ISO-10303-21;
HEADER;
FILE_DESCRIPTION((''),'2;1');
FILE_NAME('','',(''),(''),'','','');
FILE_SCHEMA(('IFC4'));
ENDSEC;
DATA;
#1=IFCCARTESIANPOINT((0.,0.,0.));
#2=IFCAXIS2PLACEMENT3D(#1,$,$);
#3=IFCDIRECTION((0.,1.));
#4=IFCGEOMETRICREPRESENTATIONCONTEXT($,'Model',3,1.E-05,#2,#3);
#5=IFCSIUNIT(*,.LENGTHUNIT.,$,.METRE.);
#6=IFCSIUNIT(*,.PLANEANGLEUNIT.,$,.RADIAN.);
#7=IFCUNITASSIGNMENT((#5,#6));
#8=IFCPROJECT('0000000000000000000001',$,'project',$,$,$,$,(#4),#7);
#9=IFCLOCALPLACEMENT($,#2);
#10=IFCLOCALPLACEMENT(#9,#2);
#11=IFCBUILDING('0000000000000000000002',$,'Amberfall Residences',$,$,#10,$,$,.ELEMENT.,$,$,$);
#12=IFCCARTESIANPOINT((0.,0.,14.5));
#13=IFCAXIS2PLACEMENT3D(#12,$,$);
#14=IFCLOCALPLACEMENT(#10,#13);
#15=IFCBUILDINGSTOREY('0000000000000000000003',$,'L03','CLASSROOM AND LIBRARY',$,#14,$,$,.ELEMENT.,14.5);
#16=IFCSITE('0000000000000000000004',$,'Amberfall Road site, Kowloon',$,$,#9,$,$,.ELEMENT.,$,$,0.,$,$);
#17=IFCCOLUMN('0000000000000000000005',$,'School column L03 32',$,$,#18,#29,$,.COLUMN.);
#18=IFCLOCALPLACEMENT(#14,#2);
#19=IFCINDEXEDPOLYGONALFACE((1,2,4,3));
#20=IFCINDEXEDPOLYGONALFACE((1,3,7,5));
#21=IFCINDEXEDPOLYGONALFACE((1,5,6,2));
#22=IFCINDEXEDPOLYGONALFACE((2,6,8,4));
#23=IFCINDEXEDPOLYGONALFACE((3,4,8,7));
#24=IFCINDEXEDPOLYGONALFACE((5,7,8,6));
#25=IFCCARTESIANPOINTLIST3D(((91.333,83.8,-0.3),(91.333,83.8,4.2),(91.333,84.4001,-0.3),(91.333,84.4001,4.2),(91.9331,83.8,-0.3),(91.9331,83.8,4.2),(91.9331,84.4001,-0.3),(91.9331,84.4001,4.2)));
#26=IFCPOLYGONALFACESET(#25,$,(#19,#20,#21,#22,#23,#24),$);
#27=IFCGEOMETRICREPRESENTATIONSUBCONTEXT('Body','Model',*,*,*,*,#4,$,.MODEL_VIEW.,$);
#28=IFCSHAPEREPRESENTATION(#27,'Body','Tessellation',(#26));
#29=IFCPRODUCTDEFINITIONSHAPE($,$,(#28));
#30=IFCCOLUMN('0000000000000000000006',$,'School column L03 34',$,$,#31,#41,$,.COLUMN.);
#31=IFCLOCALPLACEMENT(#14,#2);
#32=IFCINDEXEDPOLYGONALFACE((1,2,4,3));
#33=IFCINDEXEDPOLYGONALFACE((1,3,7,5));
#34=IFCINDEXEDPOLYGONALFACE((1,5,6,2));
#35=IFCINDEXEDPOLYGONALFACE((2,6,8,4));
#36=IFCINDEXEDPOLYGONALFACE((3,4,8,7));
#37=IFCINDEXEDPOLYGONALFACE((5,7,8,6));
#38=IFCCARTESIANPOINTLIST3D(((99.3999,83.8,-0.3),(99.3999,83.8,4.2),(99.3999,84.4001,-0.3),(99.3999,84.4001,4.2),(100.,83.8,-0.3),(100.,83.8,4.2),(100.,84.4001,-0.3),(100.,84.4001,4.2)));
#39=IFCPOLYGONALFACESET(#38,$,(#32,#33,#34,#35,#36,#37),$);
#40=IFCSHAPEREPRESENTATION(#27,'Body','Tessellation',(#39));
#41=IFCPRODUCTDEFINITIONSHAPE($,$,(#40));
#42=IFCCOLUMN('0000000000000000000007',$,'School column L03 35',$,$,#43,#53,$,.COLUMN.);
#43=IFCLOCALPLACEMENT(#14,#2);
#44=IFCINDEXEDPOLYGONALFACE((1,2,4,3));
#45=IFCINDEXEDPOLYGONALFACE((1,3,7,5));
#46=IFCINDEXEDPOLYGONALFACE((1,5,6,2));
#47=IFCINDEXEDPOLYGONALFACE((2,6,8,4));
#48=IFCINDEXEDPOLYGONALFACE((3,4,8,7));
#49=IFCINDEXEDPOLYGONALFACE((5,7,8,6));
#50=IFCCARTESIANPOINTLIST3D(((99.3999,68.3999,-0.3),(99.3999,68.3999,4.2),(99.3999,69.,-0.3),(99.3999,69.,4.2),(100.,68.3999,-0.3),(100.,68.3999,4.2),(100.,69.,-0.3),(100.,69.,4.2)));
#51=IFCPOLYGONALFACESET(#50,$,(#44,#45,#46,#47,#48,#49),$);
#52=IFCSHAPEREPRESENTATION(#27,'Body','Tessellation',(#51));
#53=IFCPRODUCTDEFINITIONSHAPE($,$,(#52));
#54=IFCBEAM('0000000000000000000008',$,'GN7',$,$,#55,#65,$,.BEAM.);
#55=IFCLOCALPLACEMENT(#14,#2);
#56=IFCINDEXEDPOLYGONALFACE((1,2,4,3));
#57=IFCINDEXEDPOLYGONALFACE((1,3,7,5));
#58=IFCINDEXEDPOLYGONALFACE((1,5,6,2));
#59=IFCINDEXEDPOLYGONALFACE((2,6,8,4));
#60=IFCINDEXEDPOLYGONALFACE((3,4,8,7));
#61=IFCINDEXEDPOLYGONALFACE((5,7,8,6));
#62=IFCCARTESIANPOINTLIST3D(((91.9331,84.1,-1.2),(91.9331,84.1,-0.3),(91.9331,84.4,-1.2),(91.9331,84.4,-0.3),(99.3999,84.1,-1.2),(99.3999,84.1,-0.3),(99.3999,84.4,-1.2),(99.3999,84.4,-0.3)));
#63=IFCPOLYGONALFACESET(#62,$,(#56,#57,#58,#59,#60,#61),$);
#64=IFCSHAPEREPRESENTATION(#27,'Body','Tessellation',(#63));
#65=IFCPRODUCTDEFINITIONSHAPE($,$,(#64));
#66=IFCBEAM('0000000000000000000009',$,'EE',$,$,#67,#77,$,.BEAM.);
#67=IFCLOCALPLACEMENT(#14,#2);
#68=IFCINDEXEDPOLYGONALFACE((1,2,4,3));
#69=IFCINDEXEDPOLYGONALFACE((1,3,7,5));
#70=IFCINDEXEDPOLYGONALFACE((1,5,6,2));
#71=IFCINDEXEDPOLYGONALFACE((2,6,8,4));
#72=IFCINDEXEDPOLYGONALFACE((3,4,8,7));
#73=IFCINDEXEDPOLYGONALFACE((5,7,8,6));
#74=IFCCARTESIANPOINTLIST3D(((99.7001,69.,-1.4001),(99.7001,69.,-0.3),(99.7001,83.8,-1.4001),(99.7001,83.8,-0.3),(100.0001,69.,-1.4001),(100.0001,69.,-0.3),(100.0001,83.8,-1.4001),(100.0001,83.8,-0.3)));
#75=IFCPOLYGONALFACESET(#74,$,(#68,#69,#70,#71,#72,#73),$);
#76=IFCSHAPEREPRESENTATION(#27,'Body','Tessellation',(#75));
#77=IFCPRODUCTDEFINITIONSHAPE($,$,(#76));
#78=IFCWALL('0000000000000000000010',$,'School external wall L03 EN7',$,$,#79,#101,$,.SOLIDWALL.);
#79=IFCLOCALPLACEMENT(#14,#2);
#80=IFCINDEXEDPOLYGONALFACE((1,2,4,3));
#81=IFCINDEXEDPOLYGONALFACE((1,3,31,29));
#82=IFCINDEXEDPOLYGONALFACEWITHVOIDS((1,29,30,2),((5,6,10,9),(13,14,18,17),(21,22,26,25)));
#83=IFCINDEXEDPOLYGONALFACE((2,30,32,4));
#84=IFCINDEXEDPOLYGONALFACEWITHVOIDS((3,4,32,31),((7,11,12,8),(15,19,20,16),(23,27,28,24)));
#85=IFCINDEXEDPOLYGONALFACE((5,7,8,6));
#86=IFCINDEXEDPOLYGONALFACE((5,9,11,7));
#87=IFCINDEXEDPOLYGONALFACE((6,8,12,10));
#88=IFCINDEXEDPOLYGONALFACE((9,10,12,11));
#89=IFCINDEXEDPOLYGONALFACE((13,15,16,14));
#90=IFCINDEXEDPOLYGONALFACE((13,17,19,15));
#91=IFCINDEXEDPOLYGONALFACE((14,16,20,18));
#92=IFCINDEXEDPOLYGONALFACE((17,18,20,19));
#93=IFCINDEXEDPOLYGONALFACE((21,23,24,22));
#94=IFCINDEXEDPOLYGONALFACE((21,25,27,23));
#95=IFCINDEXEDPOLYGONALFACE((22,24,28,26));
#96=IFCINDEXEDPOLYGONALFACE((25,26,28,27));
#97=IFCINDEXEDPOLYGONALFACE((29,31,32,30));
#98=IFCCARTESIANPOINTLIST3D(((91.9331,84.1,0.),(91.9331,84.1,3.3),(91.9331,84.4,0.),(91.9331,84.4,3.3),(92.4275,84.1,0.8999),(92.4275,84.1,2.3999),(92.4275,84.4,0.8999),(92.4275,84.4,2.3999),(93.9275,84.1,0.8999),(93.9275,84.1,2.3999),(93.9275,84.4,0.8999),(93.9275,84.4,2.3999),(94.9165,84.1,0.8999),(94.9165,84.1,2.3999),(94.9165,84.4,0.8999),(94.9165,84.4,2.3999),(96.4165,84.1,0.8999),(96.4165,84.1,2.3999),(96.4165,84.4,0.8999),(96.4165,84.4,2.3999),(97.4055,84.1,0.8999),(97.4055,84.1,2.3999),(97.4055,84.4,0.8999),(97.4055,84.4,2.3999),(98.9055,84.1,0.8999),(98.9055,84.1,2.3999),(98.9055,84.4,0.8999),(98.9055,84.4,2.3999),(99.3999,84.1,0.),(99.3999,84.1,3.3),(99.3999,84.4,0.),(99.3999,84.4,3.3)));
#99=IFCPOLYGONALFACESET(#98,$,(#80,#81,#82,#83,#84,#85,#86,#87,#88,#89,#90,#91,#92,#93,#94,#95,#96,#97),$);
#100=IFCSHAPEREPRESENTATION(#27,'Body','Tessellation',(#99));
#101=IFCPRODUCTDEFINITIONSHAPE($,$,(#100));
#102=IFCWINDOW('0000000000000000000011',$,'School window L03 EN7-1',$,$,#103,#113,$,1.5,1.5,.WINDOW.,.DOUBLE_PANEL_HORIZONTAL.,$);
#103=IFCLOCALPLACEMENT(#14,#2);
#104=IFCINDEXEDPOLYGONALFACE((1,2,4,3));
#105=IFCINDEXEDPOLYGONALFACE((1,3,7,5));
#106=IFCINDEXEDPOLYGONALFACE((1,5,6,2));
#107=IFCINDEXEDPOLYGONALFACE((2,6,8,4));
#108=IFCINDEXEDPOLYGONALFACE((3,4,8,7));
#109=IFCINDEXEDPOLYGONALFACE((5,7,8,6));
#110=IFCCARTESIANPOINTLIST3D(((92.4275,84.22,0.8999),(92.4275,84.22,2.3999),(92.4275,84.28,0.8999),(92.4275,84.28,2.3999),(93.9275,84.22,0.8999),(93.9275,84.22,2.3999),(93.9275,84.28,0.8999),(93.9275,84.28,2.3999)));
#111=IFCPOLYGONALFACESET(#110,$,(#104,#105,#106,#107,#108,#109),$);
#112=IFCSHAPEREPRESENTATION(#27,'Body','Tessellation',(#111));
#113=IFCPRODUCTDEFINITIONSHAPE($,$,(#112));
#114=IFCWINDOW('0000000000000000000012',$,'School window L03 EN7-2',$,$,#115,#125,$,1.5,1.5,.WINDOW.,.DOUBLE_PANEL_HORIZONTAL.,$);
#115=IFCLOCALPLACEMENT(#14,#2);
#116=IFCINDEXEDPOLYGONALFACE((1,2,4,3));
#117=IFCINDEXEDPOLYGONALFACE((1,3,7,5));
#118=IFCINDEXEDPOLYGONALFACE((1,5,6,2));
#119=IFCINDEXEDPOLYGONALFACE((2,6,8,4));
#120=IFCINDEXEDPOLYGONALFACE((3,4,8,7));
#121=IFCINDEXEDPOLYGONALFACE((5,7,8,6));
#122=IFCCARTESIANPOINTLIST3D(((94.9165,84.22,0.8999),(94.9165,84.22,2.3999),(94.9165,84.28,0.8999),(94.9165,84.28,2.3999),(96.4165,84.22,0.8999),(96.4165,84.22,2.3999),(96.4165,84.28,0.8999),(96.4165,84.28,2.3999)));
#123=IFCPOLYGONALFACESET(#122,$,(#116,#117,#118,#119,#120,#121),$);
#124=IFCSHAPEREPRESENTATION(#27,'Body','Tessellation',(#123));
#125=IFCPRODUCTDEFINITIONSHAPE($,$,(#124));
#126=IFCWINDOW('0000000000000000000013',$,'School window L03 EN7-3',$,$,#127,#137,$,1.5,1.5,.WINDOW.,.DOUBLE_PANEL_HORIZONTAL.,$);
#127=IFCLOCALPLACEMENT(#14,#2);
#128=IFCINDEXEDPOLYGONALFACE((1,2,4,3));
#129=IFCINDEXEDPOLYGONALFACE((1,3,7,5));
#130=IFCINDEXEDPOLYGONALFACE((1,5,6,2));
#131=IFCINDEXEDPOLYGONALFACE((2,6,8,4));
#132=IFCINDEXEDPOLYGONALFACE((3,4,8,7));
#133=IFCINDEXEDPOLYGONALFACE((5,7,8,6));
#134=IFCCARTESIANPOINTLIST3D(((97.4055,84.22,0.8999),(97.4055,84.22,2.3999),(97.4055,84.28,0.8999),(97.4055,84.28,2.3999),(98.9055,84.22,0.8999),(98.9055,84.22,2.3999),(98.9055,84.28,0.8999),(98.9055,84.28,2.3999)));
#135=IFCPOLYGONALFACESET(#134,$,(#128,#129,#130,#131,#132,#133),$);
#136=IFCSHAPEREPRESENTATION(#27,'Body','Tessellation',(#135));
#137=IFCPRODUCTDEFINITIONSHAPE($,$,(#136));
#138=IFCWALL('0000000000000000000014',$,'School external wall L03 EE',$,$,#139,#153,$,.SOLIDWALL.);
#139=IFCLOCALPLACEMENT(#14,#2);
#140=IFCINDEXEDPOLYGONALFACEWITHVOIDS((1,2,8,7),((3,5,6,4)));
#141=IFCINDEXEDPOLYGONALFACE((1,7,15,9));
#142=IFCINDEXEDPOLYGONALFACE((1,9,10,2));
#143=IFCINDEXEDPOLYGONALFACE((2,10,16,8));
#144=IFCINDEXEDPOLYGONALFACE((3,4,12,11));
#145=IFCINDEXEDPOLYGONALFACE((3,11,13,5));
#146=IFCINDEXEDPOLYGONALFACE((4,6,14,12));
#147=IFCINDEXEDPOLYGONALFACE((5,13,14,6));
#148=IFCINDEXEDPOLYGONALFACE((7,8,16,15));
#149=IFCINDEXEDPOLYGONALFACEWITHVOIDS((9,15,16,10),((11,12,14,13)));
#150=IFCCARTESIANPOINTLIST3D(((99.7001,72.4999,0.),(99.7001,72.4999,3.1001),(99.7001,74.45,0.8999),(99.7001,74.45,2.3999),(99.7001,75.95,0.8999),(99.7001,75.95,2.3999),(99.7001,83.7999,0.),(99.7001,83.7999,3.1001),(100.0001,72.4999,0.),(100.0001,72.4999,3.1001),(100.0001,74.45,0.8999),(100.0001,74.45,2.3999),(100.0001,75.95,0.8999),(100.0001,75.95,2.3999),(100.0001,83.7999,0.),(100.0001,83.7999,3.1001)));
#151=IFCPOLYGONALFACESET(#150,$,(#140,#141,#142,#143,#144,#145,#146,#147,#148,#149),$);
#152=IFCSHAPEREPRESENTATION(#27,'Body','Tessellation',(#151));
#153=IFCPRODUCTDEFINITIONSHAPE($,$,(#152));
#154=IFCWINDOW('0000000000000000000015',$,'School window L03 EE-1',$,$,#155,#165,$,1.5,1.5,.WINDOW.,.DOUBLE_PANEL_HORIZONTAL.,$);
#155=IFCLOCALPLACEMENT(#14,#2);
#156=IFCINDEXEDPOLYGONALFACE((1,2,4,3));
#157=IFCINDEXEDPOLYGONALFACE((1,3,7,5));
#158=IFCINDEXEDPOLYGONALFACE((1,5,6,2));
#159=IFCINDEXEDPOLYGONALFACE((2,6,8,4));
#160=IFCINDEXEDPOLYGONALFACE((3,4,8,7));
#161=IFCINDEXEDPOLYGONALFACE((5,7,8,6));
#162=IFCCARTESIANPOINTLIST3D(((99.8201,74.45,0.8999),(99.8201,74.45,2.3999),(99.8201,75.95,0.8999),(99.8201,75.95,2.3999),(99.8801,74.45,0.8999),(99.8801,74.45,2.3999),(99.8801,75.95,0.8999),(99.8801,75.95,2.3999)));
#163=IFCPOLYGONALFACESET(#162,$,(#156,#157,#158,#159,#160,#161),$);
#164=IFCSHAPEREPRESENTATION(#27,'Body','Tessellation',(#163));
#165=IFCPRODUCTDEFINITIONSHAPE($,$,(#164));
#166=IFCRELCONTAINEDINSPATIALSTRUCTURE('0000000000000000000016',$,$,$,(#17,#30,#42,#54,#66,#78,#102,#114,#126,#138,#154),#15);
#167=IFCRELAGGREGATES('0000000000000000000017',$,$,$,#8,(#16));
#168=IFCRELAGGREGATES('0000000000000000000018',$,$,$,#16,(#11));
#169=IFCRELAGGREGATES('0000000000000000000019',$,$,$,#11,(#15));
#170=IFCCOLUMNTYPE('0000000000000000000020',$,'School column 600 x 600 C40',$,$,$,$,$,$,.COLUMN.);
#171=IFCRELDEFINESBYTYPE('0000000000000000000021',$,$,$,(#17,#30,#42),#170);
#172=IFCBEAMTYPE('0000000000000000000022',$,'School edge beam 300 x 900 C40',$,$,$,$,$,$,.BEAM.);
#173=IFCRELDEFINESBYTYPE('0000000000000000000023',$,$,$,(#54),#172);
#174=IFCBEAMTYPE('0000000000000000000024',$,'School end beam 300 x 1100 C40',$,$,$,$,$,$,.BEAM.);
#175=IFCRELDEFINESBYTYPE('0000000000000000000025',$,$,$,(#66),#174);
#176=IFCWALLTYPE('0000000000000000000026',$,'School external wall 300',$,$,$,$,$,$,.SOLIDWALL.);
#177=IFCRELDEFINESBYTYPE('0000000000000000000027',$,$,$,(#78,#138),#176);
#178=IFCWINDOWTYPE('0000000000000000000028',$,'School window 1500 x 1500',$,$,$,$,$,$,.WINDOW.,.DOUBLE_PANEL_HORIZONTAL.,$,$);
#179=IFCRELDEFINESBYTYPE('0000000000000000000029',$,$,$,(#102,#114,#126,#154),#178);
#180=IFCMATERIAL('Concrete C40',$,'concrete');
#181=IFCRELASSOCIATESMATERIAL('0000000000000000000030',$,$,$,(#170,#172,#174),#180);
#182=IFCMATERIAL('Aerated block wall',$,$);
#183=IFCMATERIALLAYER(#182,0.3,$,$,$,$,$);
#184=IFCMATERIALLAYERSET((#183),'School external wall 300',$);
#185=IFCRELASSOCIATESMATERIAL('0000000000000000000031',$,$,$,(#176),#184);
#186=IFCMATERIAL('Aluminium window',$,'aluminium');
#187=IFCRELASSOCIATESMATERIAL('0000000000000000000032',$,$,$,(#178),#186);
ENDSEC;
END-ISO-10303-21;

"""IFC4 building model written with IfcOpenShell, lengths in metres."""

from ifc_helpers import new_model, si_unit, direction, frame, frame_2d, origin, origin_2d, place, context, subcontext, project, spatial, rectangle, extrude, material, layer, layer_set, material_profile, profile_set, type_object, element, fill, save


model = new_model("IFC4")

# Units and contexts
model_context = context("Model", 3, precision=1e-05, world=origin(), true_north=direction((0.0, 1.0)))
body_context = subcontext(model_context, "Body", "Model", "MODEL_VIEW")
ifc_project = project(units=[si_unit("LENGTHUNIT", "METRE"), si_unit("PLANEANGLEUNIT", "RADIAN")], contexts=[model_context])

# Site, building, storey
site_placement = place(None, origin())
site = spatial("IfcSite", under=ifc_project, at=site_placement, Name="Amberfall Road site, Kowloon", CompositionType="ELEMENT", RefElevation=0.0)
building_placement = place(site_placement, origin())
building = spatial("IfcBuilding", under=site, at=building_placement, Name="Amberfall Residences", CompositionType="ELEMENT")
storey_placement = place(building_placement, frame((0.0, 0.0, 14.5)))
storey = spatial("IfcBuildingStorey", under=building, at=storey_placement, Name="L03", Description="CLASSROOM AND LIBRARY", CompositionType="ELEMENT", Elevation=14.5)

# Columns
ifc_material_1 = material(Name="Concrete C40", Category="concrete")
ifc_material_profile_1 = material_profile(ifc_material_1, rectangle(XDim=0.6001, YDim=0.6001, at=origin_2d()), Name="School column 600 x 600 C40")
ifc_profile_set_1 = profile_set([ifc_material_profile_1], Name="Concrete C40")
column_type = type_object("IfcColumnType", Name="School column 600 x 600 C40", PredefinedType="COLUMN", material=ifc_profile_set_1)
for number, where, z_axis, x_axis, name in (
    (1, (91.6331, 84.1001, -0.3), (0.0, 0.0, 1.0), (1.0, 0.0, 0.0), "School column L03 32"),
    (2, (99.7, 84.1001, -0.3), (0.0, 0.0, 1.0), (1.0, 0.0, 0.0), "School column L03 34"),
    (3, (99.7, 68.7, -0.3), (0.0, 0.0, 1.0), (1.0, 0.0, 0.0), "School column L03 35"),
):
    element("IfcColumn", number, at=place(storey_placement, frame(where, z_axis=z_axis, x_axis=x_axis)), inside=storey, type_object=column_type, Name=name, PredefinedType="COLUMN", context=body_context, shape_type="SweptSolid", body=[
        extrude(rectangle(XDim=0.6001, YDim=0.6001, at=origin_2d()), origin(), (0.0, 0.0, 1.0), 4.5),
    ])

# Beams
ifc_material_profile_2 = material_profile(ifc_material_1, rectangle(XDim=0.3, YDim=0.8999, at=origin_2d()), Name="School edge beam 300 x 900 C40")
ifc_profile_set_2 = profile_set([ifc_material_profile_2], Name="Concrete C40")
beam_type_1 = type_object("IfcBeamType", Name="School edge beam 300 x 900 C40", PredefinedType="BEAM", material=ifc_profile_set_2)
beam_1_placement = place(storey_placement, frame((91.9331, 84.25, -0.75), z_axis=(1.0, 0.0, 0.0), x_axis=(0.0, 1.0, 0.0)))
element("IfcBeam", 4, at=beam_1_placement, inside=storey, type_object=beam_type_1, Name="GN7", PredefinedType="BEAM", context=body_context, shape_type="SweptSolid", body=[
    extrude(rectangle(XDim=0.3, YDim=0.8999, at=origin_2d()), origin(), (0.0, 0.0, 1.0), 7.4668),
])
ifc_material_profile_3 = material_profile(ifc_material_1, rectangle(XDim=0.3, YDim=1.1001, at=origin_2d()), Name="School end beam 300 x 1100 C40")
ifc_profile_set_3 = profile_set([ifc_material_profile_3], Name="Concrete C40")
beam_type_2 = type_object("IfcBeamType", Name="School end beam 300 x 1100 C40", PredefinedType="BEAM", material=ifc_profile_set_3)
beam_2_placement = place(storey_placement, frame((99.8501, 69.0, -0.8501), z_axis=(0.0, 1.0, 0.0), x_axis=(-1.0, 0.0, 0.0)))
element("IfcBeam", 5, at=beam_2_placement, inside=storey, type_object=beam_type_2, Name="EE", PredefinedType="BEAM", context=body_context, shape_type="SweptSolid", body=[
    extrude(rectangle(XDim=0.3, YDim=1.1001, at=origin_2d()), origin(), (0.0, 0.0, 1.0), 14.8),
])

# Wall, openings, windows
ifc_material_2 = material(Name="Aerated block wall")
ifc_layer_1 = layer(ifc_material_2, 0.3)
ifc_layer_set_1 = layer_set([ifc_layer_1], Name="School external wall 300")
wall_type_1 = type_object("IfcWallType", Name="School external wall 300", PredefinedType="SOLIDWALL", material=ifc_layer_set_1)
wall_1_placement = place(storey_placement, frame((91.9331, 84.25, 0.0), z_axis=(0.0, 0.0, 1.0), x_axis=(1.0, 0.0, 0.0)))
wall_1 = element("IfcWall", 6, at=wall_1_placement, inside=storey, type_object=wall_type_1, Name="School external wall L03 EN7", PredefinedType="SOLIDWALL", context=body_context, shape_type="SweptSolid", body=[
    extrude(rectangle(XDim=7.4668, YDim=0.3, at=frame_2d((3.7334, 0.0))), origin(), (0.0, 0.0, 1.0), 3.3),
])
opening_1_placement = place(wall_1_placement, frame((0.4944, 0.0, 0.8999)))
opening_1 = element("IfcOpeningElement", 7, at=opening_1_placement, cuts=wall_1, PredefinedType="OPENING", context=body_context, shape_type="SweptSolid", body=[
    extrude(rectangle(XDim=1.5, YDim=1.5, at=frame_2d((0.75, 0.75))), frame((0.0, 0.1599, 0.0), z_axis=(0.0, -1.0, 0.0), x_axis=(1.0, 0.0, 0.0)), (0.0, 0.0, 1.0), 0.3201),
])
opening_2_placement = place(wall_1_placement, frame((2.9834, 0.0, 0.8999)))
opening_2 = element("IfcOpeningElement", 8, at=opening_2_placement, cuts=wall_1, PredefinedType="OPENING", context=body_context, shape_type="SweptSolid", body=[
    extrude(rectangle(XDim=1.5, YDim=1.5, at=frame_2d((0.75, 0.75))), frame((0.0, 0.1599, 0.0), z_axis=(0.0, -1.0, 0.0), x_axis=(1.0, 0.0, 0.0)), (0.0, 0.0, 1.0), 0.3201),
])
opening_3_placement = place(wall_1_placement, frame((5.4724, 0.0, 0.8999)))
opening_3 = element("IfcOpeningElement", 9, at=opening_3_placement, cuts=wall_1, PredefinedType="OPENING", context=body_context, shape_type="SweptSolid", body=[
    extrude(rectangle(XDim=1.5, YDim=1.5, at=frame_2d((0.75, 0.75))), frame((0.0, 0.1599, 0.0), z_axis=(0.0, -1.0, 0.0), x_axis=(1.0, 0.0, 0.0)), (0.0, 0.0, 1.0), 0.3201),
])
ifc_material_3 = material(Name="Aluminium window", Category="aluminium")
window_type = type_object("IfcWindowType", Name="School window 1500 x 1500", PartitioningType="DOUBLE_PANEL_HORIZONTAL", PredefinedType="WINDOW", material=ifc_material_3)
window_1_placement = place(opening_1_placement, origin())
window_1 = element("IfcWindow", 10, at=window_1_placement, inside=storey, type_object=window_type, Name="School window L03 EN7-1", OverallHeight=1.5, OverallWidth=1.5, PartitioningType="DOUBLE_PANEL_HORIZONTAL", PredefinedType="WINDOW", context=body_context, shape_type="SweptSolid", body=[
    extrude(rectangle(XDim=1.5, YDim=1.5, at=frame_2d((0.75, 0.75))), frame((0.0, 0.03, 0.0), z_axis=(0.0, -1.0, 0.0), x_axis=(1.0, 0.0, 0.0)), (0.0, 0.0, 1.0), 0.0601),
])
fill(opening_1, window_1)
window_2_placement = place(opening_2_placement, origin())
window_2 = element("IfcWindow", 11, at=window_2_placement, inside=storey, type_object=window_type, Name="School window L03 EN7-2", OverallHeight=1.5, OverallWidth=1.5, PartitioningType="DOUBLE_PANEL_HORIZONTAL", PredefinedType="WINDOW", context=body_context, shape_type="SweptSolid", body=[
    extrude(rectangle(XDim=1.5, YDim=1.5, at=frame_2d((0.75, 0.75))), frame((0.0, 0.03, 0.0), z_axis=(0.0, -1.0, 0.0), x_axis=(1.0, 0.0, 0.0)), (0.0, 0.0, 1.0), 0.0601),
])
fill(opening_2, window_2)
window_3_placement = place(opening_3_placement, origin())
window_3 = element("IfcWindow", 12, at=window_3_placement, inside=storey, type_object=window_type, Name="School window L03 EN7-3", OverallHeight=1.5, OverallWidth=1.5, PartitioningType="DOUBLE_PANEL_HORIZONTAL", PredefinedType="WINDOW", context=body_context, shape_type="SweptSolid", body=[
    extrude(rectangle(XDim=1.5, YDim=1.5, at=frame_2d((0.75, 0.75))), frame((0.0, 0.03, 0.0), z_axis=(0.0, -1.0, 0.0), x_axis=(1.0, 0.0, 0.0)), (0.0, 0.0, 1.0), 0.0601),
])
fill(opening_3, window_3)

# Wall, opening, window
wall_2_placement = place(storey_placement, frame((99.8501, 72.5, 0.0), z_axis=(0.0, 0.0, 1.0), x_axis=(0.0, 1.0, 0.0)))
wall_2 = element("IfcWall", 13, at=wall_2_placement, inside=storey, type_object=wall_type_1, Name="School external wall L03 EE", PredefinedType="SOLIDWALL", context=body_context, shape_type="SweptSolid", body=[
    extrude(rectangle(XDim=11.3, YDim=0.3, at=frame_2d((5.6499, 0.0))), origin(), (0.0, 0.0, 1.0), 3.1001),
])
opening_4_placement = place(wall_2_placement, frame((1.95, 0.0, 0.8999)))
opening_4 = element("IfcOpeningElement", 14, at=opening_4_placement, cuts=wall_2, PredefinedType="OPENING", context=body_context, shape_type="SweptSolid", body=[
    extrude(rectangle(XDim=1.5, YDim=1.5, at=frame_2d((0.75, 0.75))), frame((0.0, 0.1599, 0.0), z_axis=(0.0, -1.0, 0.0), x_axis=(1.0, 0.0, 0.0)), (0.0, 0.0, 1.0), 0.3201),
])
window_4_placement = place(opening_4_placement, origin())
window_4 = element("IfcWindow", 15, at=window_4_placement, inside=storey, type_object=window_type, Name="School window L03 EE-1", OverallHeight=1.5, OverallWidth=1.5, PartitioningType="DOUBLE_PANEL_HORIZONTAL", PredefinedType="WINDOW", context=body_context, shape_type="SweptSolid", body=[
    extrude(rectangle(XDim=1.5, YDim=1.5, at=frame_2d((0.75, 0.75))), frame((0.0, 0.03, 0.0), z_axis=(0.0, -1.0, 0.0), x_axis=(1.0, 0.0, 0.0)), (0.0, 0.0, 1.0), 0.0601),
])
fill(opening_4, window_4)

save(model, "model.ifc")
